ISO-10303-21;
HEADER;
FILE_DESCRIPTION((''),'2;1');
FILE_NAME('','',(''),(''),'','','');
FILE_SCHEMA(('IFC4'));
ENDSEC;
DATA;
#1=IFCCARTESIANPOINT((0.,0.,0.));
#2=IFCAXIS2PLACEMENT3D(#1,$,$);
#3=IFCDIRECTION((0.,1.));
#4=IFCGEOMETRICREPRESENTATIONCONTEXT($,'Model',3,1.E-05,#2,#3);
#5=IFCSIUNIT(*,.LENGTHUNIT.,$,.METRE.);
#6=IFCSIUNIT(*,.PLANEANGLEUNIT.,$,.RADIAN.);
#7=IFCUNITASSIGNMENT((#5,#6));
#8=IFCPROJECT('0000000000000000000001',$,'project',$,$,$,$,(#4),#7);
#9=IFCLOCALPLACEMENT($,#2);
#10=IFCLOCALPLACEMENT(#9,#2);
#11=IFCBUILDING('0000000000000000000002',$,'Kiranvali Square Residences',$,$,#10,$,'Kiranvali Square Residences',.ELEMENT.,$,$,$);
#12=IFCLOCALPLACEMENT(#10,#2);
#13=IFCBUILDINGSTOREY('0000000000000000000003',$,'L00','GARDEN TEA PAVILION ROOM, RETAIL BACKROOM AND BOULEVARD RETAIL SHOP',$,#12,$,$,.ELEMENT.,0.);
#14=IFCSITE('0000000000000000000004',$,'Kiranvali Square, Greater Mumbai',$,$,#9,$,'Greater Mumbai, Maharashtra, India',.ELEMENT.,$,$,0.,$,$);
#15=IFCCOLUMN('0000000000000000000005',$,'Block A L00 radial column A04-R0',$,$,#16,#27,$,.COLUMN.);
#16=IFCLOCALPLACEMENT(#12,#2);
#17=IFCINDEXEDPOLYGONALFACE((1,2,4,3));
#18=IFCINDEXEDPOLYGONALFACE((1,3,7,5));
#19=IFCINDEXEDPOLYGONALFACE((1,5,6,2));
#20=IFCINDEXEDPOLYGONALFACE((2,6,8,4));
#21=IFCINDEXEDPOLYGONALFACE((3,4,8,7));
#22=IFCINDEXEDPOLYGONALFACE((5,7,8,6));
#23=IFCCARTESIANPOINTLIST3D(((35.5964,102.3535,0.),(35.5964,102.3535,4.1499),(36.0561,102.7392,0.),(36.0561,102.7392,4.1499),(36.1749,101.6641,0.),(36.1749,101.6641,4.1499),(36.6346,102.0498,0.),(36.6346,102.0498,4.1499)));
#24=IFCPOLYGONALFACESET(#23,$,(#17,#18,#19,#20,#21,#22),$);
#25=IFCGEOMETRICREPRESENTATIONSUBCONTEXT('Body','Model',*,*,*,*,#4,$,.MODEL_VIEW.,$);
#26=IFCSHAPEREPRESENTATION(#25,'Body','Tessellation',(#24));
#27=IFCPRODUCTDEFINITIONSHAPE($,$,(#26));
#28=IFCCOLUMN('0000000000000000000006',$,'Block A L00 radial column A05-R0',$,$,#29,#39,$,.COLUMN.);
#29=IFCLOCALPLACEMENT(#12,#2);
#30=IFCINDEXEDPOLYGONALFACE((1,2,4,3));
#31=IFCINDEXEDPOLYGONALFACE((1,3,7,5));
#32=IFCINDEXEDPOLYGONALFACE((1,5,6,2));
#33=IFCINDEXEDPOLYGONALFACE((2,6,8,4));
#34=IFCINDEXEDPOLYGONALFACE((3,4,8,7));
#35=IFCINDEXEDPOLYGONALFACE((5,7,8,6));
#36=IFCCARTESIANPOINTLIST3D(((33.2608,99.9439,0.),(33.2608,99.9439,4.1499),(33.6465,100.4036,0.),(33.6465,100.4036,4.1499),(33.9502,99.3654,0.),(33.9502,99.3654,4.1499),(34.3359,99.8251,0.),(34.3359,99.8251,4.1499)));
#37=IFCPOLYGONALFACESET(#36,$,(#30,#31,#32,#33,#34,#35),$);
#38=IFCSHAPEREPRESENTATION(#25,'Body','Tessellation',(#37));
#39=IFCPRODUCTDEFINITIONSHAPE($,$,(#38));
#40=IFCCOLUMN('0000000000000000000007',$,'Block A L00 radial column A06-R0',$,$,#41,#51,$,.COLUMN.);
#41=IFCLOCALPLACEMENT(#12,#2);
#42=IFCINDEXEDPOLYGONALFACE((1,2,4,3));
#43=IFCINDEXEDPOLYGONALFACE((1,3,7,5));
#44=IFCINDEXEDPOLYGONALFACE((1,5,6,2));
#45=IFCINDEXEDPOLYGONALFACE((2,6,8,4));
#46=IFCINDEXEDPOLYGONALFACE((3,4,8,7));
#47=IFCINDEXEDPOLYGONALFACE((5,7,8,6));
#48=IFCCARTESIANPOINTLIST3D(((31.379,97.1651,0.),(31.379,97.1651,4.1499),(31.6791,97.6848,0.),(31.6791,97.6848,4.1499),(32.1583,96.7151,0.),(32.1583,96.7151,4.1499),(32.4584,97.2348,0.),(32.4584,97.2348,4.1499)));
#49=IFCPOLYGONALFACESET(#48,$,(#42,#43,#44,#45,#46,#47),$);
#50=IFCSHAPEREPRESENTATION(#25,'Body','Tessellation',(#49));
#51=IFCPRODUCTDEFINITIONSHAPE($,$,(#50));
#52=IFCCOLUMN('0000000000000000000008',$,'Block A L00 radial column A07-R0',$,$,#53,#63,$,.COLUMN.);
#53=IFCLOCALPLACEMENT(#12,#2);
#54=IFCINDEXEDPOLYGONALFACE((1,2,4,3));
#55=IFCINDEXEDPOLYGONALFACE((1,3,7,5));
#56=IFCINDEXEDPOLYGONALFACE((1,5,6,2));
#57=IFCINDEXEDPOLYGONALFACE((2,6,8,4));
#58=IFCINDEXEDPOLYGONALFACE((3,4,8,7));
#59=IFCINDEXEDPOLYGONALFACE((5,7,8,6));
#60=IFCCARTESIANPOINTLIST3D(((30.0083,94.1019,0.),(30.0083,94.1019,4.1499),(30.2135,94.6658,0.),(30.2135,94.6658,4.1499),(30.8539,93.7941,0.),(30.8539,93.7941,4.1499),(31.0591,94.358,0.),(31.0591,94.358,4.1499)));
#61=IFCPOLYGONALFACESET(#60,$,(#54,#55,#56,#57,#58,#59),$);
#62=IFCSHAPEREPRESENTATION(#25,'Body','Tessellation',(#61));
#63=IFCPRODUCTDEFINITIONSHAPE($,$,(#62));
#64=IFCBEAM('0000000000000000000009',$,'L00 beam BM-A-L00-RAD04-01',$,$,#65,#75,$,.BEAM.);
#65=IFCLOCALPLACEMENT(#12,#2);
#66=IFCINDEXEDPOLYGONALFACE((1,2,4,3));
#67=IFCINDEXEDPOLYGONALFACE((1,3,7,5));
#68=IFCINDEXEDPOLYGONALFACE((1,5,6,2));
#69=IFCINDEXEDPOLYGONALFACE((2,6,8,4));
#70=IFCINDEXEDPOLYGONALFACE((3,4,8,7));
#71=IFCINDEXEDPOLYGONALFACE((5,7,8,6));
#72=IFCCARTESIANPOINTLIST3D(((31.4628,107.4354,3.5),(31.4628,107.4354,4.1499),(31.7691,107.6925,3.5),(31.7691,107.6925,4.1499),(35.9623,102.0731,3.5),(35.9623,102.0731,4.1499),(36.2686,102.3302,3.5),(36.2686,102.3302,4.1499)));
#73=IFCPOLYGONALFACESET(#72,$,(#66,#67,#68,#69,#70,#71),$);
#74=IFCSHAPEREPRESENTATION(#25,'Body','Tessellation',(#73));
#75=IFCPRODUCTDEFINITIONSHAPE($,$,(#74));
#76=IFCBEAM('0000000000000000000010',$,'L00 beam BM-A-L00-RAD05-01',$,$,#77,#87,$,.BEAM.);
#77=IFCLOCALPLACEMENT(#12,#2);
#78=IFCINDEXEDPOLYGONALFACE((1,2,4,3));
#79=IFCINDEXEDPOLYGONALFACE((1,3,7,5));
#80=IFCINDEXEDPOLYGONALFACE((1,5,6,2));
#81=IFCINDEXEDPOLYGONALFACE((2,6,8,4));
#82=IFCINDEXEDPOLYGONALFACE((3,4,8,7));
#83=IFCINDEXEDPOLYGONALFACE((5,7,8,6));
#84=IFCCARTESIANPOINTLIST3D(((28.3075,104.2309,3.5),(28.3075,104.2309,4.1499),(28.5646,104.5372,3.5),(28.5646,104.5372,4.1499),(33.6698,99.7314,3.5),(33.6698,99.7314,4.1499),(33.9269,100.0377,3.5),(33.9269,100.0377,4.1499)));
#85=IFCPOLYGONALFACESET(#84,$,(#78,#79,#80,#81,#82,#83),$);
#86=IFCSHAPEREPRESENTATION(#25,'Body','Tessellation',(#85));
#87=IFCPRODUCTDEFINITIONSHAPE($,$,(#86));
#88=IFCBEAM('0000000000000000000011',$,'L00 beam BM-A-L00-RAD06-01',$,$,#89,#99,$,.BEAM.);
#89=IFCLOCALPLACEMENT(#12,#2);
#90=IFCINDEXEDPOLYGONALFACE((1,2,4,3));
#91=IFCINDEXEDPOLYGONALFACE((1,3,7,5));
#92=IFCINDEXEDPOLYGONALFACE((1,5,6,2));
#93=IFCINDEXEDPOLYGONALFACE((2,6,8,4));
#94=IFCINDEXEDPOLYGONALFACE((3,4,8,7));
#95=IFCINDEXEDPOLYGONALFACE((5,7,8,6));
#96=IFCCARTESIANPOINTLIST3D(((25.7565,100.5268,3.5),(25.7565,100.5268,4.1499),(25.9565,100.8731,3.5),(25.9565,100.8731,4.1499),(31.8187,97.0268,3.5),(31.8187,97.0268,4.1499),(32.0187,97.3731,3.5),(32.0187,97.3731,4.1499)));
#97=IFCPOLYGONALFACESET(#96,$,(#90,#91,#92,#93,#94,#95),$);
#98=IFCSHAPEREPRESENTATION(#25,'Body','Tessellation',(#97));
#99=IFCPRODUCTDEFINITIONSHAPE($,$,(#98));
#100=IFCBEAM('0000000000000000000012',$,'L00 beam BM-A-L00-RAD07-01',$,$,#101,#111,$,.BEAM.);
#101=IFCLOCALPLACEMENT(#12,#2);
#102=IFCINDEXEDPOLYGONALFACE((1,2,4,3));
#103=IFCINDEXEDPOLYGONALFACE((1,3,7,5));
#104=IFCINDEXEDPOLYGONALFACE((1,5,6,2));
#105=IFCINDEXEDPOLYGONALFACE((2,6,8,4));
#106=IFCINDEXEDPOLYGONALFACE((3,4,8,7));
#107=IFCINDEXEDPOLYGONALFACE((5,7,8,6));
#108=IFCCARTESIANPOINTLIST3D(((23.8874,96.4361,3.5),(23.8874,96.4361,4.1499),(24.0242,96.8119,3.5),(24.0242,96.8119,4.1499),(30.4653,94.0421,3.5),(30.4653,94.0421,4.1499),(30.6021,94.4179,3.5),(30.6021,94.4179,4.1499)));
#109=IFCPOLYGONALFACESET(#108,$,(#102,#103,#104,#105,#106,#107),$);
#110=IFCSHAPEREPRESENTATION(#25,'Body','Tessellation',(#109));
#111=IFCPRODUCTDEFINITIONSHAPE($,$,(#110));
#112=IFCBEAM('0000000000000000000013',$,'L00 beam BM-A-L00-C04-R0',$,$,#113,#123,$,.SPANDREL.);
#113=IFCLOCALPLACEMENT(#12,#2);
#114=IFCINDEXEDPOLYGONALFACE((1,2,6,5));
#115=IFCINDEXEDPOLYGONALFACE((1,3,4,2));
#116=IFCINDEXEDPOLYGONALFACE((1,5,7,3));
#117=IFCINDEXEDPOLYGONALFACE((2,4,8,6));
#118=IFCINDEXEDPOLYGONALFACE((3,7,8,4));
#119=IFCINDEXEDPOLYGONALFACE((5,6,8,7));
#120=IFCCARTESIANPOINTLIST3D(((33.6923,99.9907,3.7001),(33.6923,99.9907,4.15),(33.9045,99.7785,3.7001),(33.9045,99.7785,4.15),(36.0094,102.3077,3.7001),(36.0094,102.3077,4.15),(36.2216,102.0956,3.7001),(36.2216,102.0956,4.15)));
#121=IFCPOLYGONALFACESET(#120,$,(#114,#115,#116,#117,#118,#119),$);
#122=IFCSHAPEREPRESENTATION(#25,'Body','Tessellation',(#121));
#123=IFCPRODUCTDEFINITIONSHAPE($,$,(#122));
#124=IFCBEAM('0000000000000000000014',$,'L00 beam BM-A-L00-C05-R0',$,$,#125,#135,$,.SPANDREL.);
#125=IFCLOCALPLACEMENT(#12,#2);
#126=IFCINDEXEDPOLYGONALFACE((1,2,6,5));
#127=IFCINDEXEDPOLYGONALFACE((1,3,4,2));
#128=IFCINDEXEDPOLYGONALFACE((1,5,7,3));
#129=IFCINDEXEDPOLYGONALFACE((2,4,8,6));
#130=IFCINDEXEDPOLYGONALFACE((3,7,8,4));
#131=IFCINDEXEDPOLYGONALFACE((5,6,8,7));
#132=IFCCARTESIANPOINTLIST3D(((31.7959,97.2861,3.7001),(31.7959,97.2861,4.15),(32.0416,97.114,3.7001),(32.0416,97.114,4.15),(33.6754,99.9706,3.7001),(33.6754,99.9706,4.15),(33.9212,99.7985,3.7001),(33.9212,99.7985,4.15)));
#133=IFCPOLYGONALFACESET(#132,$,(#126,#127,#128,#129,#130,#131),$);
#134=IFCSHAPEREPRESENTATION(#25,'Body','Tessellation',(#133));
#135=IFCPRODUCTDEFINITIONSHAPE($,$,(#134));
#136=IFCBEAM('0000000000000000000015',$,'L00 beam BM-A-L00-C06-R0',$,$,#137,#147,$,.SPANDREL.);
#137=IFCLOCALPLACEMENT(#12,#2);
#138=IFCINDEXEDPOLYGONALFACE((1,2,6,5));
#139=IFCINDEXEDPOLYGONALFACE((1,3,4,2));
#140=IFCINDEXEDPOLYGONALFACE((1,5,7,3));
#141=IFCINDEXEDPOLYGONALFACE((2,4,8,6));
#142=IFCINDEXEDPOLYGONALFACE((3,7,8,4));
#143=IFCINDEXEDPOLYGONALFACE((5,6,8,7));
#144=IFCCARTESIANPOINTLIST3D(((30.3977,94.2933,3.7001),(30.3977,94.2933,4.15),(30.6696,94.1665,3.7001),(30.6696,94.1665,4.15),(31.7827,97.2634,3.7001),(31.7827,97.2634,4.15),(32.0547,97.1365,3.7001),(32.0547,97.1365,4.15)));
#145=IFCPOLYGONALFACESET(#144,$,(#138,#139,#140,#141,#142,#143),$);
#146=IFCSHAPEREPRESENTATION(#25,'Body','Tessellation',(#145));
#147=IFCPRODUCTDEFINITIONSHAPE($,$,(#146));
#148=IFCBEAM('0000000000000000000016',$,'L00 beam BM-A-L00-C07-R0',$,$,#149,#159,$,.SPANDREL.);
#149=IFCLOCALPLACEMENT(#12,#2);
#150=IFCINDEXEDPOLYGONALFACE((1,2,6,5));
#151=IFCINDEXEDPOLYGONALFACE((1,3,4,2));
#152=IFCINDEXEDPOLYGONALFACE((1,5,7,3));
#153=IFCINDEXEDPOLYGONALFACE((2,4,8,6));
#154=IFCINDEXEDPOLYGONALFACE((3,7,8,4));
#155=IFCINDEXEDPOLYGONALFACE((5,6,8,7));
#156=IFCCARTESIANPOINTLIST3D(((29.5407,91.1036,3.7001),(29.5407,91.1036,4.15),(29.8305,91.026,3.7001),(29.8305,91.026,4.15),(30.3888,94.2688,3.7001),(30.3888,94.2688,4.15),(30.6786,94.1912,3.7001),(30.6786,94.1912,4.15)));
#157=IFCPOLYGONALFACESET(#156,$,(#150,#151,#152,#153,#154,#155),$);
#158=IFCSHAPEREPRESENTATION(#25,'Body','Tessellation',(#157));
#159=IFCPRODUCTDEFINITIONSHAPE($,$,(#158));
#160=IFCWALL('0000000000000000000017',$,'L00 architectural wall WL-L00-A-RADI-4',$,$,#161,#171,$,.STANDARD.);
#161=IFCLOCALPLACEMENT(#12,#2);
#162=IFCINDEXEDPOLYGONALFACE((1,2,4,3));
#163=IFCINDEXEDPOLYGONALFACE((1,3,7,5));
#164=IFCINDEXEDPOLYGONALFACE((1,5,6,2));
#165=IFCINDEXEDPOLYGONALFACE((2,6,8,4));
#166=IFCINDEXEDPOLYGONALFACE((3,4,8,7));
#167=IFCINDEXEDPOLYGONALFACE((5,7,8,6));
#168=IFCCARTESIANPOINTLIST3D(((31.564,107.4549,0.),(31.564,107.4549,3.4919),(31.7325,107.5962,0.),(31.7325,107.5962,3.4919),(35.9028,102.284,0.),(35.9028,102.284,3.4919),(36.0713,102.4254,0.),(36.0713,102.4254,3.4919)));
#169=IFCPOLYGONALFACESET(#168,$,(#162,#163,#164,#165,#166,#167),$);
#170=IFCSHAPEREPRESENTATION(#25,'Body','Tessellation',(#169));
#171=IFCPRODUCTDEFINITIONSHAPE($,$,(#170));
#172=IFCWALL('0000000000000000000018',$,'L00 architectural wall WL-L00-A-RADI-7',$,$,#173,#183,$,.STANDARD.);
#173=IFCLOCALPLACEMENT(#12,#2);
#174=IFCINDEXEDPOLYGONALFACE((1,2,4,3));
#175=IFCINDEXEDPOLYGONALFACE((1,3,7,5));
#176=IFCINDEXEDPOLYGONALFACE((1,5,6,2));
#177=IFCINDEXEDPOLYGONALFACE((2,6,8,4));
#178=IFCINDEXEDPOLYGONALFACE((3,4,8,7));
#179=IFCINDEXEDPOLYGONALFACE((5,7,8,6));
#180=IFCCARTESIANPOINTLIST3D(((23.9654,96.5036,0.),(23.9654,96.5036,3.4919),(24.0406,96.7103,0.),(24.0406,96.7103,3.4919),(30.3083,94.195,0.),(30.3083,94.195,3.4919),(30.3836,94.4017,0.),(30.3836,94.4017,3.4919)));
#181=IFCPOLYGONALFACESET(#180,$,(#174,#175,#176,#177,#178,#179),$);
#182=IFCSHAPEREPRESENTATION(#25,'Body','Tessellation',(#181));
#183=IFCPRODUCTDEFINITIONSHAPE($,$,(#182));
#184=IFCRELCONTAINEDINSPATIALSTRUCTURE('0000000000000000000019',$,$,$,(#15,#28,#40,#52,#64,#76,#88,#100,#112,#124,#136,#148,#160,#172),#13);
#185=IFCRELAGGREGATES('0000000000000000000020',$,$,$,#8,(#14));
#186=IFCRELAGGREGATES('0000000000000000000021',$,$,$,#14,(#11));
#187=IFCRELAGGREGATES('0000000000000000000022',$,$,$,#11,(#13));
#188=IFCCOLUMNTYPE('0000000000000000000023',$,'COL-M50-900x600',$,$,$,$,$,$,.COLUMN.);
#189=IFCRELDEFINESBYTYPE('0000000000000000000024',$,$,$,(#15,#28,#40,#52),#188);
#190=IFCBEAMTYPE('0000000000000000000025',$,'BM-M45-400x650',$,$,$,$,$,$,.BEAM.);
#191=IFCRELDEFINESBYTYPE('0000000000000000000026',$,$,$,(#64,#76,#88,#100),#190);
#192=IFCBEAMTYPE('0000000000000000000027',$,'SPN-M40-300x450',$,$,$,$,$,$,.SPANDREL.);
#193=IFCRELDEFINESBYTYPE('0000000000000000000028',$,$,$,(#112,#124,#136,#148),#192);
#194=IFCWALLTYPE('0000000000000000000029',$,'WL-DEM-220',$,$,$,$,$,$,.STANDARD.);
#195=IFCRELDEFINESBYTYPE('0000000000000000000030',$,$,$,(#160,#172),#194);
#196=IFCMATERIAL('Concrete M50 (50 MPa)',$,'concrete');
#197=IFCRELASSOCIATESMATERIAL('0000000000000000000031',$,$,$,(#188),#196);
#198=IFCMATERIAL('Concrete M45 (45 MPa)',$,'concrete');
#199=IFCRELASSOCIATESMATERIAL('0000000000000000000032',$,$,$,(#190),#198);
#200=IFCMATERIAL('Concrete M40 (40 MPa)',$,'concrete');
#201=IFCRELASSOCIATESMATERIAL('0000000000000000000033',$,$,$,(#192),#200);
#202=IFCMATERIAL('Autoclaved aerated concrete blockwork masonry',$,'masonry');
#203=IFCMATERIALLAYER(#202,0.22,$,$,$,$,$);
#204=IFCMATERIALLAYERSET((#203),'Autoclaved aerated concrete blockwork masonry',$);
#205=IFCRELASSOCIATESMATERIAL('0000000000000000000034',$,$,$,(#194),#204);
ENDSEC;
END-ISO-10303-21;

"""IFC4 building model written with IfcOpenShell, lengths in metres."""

from ifc_helpers import new_model, si_unit, direction, frame, frame_2d, origin, origin_2d, place, context, subcontext, project, spatial, rectangle, extrude, material, layer, layer_set, material_profile, profile_set, type_object, element, save


model = new_model("IFC4")

# Units and contexts
model_context = context("Model", 3, precision=1e-05, world=origin(), true_north=direction((0.0, 1.0)))
body_context = subcontext(model_context, "Body", "Model", "MODEL_VIEW")
ifc_project = project(units=[si_unit("LENGTHUNIT", "METRE"), si_unit("PLANEANGLEUNIT", "RADIAN")], contexts=[model_context])

# Site, building, storey
site_placement = place(None, origin())
site = spatial("IfcSite", under=ifc_project, at=site_placement, Name="Kiranvali Square, Greater Mumbai", LongName="Greater Mumbai, Maharashtra, India", CompositionType="ELEMENT", RefElevation=0.0)
building_placement = place(site_placement, origin())
building = spatial("IfcBuilding", under=site, at=building_placement, Name="Kiranvali Square Residences", LongName="Kiranvali Square Residences", CompositionType="ELEMENT")
storey_placement = place(building_placement, origin())
storey = spatial("IfcBuildingStorey", under=building, at=storey_placement, Name="L00", Description="GARDEN TEA PAVILION ROOM, RETAIL BACKROOM AND BOULEVARD RETAIL SHOP", CompositionType="ELEMENT", Elevation=0.0)

# Columns
ifc_material_1 = material(Name="Concrete M50 (50 MPa)", Category="concrete")
ifc_material_profile_1 = material_profile(ifc_material_1, rectangle(XDim=0.6001, YDim=0.8999, at=origin_2d()), Name="RC 900x600")
ifc_profile_set_1 = profile_set([ifc_material_profile_1], Name="Concrete M50 (50 MPa)")
column_type = type_object("IfcColumnType", Name="COL-M50-900x600", PredefinedType="COLUMN", material=ifc_profile_set_1)
for number, where, z_axis, x_axis, name in (
    (1, (36.1155, 102.2017, 0.0), (0.0, 0.0, 1.0), (0.766044, 0.642788, 0.0), "Block A L00 radial column A04-R0"),
    (2, (33.7983, 99.8845, 0.0), (0.0, 0.0, 1.0), (0.642788, 0.766044, 0.0), "Block A L00 radial column A05-R0"),
    (3, (31.9187, 97.2, 0.0), (0.0, 0.0, 1.0), (0.5, 0.866025, 0.0), "Block A L00 radial column A06-R0"),
    (4, (30.5337, 94.23, 0.0), (0.0, 0.0, 1.0), (0.34202, 0.939693, 0.0), "Block A L00 radial column A07-R0"),
):
    element("IfcColumn", number, at=place(storey_placement, frame(where, z_axis=z_axis, x_axis=x_axis)), inside=storey, type_object=column_type, Name=name, PredefinedType="COLUMN", context=body_context, shape_type="SweptSolid", body=[
        extrude(rectangle(XDim=0.6001, YDim=0.8999, at=origin_2d()), origin(), (0.0, 0.0, 1.0), 4.1499),
    ])

# Beams
ifc_material_2 = material(Name="Concrete M45 (45 MPa)", Category="concrete")
ifc_material_profile_2 = material_profile(ifc_material_2, rectangle(XDim=0.3999, YDim=0.6499, at=origin_2d()), Name="RC 400x650")
ifc_profile_set_2 = profile_set([ifc_material_profile_2], Name="Concrete M45 (45 MPa)")
beam_type_1 = type_object("IfcBeamType", Name="BM-M45-400x650", PredefinedType="BEAM", material=ifc_profile_set_2)
for number, where, z_axis, x_axis, name in (
    (5, (36.1155, 102.2017, 3.825), (-0.642788, 0.766044, 0.0), (-0.766044, -0.642788, 0.0), "L00 beam BM-A-L00-RAD04-01"),
    (6, (33.7983, 99.8845, 3.825), (-0.766044, 0.642788, 0.0), (-0.642788, -0.766044, 0.0), "L00 beam BM-A-L00-RAD05-01"),
    (7, (31.9187, 97.2, 3.825), (-0.866028, 0.499995, 0.0), (-0.499995, -0.866028, 0.0), "L00 beam BM-A-L00-RAD06-01"),
    (8, (30.5337, 94.23, 3.825), (-0.939698, 0.342006, 0.0), (-0.342006, -0.939698, 0.0), "L00 beam BM-A-L00-RAD07-01"),
):
    element("IfcBeam", number, at=place(storey_placement, frame(where, z_axis=z_axis, x_axis=x_axis)), inside=storey, type_object=beam_type_1, Name=name, PredefinedType="BEAM", context=body_context, shape_type="SweptSolid", body=[
        extrude(rectangle(XDim=0.3999, YDim=0.6499, at=origin_2d()), origin(), (0.0, 0.0, 1.0), 7.0),
    ])
ifc_material_3 = material(Name="Concrete M40 (40 MPa)", Category="concrete")
ifc_material_profile_3 = material_profile(ifc_material_3, rectangle(XDim=0.3, YDim=0.45, at=origin_2d()), Name="RC 300x450")
ifc_profile_set_3 = profile_set([ifc_material_profile_3], Name="Concrete M40 (40 MPa)")
beam_type_2 = type_object("IfcBeamType", Name="SPN-M40-300x450", PredefinedType="SPANDREL", material=ifc_profile_set_3)
beam_1_placement = place(storey_placement, frame((36.1155, 102.2017, 3.925), z_axis=(-0.707107, -0.707107, 0.0), x_axis=(0.707107, -0.707107, 0.0)))
element("IfcBeam", 9, at=beam_1_placement, inside=storey, type_object=beam_type_2, Name="L00 beam BM-A-L00-C04-R0", PredefinedType="SPANDREL", context=body_context, shape_type="SweptSolid", body=[
    extrude(rectangle(XDim=0.3, YDim=0.45, at=origin_2d()), origin(), (0.0, 0.0, 1.0), 3.2769),
])
for number, where, z_axis, x_axis, name in (
    (10, (33.7983, 99.8845, 3.925), (-0.573552, -0.819169, 0.0), (0.819169, -0.573552, 0.0), "L00 beam BM-A-L00-C05-R0"),
    (11, (31.9187, 97.2, 3.925), (-0.422641, -0.906297, 0.0), (0.906297, -0.422641, 0.0), "L00 beam BM-A-L00-C06-R0"),
):
    element("IfcBeam", number, at=place(storey_placement, frame(where, z_axis=z_axis, x_axis=x_axis)), inside=storey, type_object=beam_type_2, Name=name, PredefinedType="SPANDREL", context=body_context, shape_type="SweptSolid", body=[
        extrude(rectangle(XDim=0.3, YDim=0.45, at=origin_2d()), origin(), (0.0, 0.0, 1.0), 3.2771),
    ])
beam_2_placement = place(storey_placement, frame((30.5337, 94.23, 3.925), z_axis=(-0.258822, -0.965925, 0.0), x_axis=(0.965925, -0.258822, 0.0)))
element("IfcBeam", 12, at=beam_2_placement, inside=storey, type_object=beam_type_2, Name="L00 beam BM-A-L00-C07-R0", PredefinedType="SPANDREL", context=body_context, shape_type="SweptSolid", body=[
    extrude(rectangle(XDim=0.3, YDim=0.45, at=origin_2d()), origin(), (0.0, 0.0, 1.0), 3.2769),
])

# Walls
ifc_material_4 = material(Name="Autoclaved aerated concrete blockwork masonry", Category="masonry")
ifc_layer_1 = layer(ifc_material_4, 0.22)
ifc_layer_set_1 = layer_set([ifc_layer_1], Name="Autoclaved aerated concrete blockwork masonry")
wall_type_1 = type_object("IfcWallType", Name="WL-DEM-220", PredefinedType="STANDARD", material=ifc_layer_set_1)
for number, where, z_axis, x_axis, name in (
    (13, (35.9871, 102.3547, 0.0), (0.0, 0.0, 1.0), (-0.642785, 0.766047, 0.0), "L00 architectural wall WL-L00-A-RADI-4"),
    (14, (30.3459, 94.2983, 0.0), (0.0, 0.0, 1.0), (-0.939696, 0.34201, 0.0), "L00 architectural wall WL-L00-A-RADI-7"),
):
    element("IfcWall", number, at=place(storey_placement, frame(where, z_axis=z_axis, x_axis=x_axis)), inside=storey, type_object=wall_type_1, Name=name, PredefinedType="STANDARD", context=body_context, shape_type="SweptSolid", body=[
        extrude(rectangle(XDim=6.75, YDim=0.22, at=frame_2d((3.375, 0.0))), origin(), (0.0, 0.0, 1.0), 3.4919),
    ])

save(model, "model.ifc")
